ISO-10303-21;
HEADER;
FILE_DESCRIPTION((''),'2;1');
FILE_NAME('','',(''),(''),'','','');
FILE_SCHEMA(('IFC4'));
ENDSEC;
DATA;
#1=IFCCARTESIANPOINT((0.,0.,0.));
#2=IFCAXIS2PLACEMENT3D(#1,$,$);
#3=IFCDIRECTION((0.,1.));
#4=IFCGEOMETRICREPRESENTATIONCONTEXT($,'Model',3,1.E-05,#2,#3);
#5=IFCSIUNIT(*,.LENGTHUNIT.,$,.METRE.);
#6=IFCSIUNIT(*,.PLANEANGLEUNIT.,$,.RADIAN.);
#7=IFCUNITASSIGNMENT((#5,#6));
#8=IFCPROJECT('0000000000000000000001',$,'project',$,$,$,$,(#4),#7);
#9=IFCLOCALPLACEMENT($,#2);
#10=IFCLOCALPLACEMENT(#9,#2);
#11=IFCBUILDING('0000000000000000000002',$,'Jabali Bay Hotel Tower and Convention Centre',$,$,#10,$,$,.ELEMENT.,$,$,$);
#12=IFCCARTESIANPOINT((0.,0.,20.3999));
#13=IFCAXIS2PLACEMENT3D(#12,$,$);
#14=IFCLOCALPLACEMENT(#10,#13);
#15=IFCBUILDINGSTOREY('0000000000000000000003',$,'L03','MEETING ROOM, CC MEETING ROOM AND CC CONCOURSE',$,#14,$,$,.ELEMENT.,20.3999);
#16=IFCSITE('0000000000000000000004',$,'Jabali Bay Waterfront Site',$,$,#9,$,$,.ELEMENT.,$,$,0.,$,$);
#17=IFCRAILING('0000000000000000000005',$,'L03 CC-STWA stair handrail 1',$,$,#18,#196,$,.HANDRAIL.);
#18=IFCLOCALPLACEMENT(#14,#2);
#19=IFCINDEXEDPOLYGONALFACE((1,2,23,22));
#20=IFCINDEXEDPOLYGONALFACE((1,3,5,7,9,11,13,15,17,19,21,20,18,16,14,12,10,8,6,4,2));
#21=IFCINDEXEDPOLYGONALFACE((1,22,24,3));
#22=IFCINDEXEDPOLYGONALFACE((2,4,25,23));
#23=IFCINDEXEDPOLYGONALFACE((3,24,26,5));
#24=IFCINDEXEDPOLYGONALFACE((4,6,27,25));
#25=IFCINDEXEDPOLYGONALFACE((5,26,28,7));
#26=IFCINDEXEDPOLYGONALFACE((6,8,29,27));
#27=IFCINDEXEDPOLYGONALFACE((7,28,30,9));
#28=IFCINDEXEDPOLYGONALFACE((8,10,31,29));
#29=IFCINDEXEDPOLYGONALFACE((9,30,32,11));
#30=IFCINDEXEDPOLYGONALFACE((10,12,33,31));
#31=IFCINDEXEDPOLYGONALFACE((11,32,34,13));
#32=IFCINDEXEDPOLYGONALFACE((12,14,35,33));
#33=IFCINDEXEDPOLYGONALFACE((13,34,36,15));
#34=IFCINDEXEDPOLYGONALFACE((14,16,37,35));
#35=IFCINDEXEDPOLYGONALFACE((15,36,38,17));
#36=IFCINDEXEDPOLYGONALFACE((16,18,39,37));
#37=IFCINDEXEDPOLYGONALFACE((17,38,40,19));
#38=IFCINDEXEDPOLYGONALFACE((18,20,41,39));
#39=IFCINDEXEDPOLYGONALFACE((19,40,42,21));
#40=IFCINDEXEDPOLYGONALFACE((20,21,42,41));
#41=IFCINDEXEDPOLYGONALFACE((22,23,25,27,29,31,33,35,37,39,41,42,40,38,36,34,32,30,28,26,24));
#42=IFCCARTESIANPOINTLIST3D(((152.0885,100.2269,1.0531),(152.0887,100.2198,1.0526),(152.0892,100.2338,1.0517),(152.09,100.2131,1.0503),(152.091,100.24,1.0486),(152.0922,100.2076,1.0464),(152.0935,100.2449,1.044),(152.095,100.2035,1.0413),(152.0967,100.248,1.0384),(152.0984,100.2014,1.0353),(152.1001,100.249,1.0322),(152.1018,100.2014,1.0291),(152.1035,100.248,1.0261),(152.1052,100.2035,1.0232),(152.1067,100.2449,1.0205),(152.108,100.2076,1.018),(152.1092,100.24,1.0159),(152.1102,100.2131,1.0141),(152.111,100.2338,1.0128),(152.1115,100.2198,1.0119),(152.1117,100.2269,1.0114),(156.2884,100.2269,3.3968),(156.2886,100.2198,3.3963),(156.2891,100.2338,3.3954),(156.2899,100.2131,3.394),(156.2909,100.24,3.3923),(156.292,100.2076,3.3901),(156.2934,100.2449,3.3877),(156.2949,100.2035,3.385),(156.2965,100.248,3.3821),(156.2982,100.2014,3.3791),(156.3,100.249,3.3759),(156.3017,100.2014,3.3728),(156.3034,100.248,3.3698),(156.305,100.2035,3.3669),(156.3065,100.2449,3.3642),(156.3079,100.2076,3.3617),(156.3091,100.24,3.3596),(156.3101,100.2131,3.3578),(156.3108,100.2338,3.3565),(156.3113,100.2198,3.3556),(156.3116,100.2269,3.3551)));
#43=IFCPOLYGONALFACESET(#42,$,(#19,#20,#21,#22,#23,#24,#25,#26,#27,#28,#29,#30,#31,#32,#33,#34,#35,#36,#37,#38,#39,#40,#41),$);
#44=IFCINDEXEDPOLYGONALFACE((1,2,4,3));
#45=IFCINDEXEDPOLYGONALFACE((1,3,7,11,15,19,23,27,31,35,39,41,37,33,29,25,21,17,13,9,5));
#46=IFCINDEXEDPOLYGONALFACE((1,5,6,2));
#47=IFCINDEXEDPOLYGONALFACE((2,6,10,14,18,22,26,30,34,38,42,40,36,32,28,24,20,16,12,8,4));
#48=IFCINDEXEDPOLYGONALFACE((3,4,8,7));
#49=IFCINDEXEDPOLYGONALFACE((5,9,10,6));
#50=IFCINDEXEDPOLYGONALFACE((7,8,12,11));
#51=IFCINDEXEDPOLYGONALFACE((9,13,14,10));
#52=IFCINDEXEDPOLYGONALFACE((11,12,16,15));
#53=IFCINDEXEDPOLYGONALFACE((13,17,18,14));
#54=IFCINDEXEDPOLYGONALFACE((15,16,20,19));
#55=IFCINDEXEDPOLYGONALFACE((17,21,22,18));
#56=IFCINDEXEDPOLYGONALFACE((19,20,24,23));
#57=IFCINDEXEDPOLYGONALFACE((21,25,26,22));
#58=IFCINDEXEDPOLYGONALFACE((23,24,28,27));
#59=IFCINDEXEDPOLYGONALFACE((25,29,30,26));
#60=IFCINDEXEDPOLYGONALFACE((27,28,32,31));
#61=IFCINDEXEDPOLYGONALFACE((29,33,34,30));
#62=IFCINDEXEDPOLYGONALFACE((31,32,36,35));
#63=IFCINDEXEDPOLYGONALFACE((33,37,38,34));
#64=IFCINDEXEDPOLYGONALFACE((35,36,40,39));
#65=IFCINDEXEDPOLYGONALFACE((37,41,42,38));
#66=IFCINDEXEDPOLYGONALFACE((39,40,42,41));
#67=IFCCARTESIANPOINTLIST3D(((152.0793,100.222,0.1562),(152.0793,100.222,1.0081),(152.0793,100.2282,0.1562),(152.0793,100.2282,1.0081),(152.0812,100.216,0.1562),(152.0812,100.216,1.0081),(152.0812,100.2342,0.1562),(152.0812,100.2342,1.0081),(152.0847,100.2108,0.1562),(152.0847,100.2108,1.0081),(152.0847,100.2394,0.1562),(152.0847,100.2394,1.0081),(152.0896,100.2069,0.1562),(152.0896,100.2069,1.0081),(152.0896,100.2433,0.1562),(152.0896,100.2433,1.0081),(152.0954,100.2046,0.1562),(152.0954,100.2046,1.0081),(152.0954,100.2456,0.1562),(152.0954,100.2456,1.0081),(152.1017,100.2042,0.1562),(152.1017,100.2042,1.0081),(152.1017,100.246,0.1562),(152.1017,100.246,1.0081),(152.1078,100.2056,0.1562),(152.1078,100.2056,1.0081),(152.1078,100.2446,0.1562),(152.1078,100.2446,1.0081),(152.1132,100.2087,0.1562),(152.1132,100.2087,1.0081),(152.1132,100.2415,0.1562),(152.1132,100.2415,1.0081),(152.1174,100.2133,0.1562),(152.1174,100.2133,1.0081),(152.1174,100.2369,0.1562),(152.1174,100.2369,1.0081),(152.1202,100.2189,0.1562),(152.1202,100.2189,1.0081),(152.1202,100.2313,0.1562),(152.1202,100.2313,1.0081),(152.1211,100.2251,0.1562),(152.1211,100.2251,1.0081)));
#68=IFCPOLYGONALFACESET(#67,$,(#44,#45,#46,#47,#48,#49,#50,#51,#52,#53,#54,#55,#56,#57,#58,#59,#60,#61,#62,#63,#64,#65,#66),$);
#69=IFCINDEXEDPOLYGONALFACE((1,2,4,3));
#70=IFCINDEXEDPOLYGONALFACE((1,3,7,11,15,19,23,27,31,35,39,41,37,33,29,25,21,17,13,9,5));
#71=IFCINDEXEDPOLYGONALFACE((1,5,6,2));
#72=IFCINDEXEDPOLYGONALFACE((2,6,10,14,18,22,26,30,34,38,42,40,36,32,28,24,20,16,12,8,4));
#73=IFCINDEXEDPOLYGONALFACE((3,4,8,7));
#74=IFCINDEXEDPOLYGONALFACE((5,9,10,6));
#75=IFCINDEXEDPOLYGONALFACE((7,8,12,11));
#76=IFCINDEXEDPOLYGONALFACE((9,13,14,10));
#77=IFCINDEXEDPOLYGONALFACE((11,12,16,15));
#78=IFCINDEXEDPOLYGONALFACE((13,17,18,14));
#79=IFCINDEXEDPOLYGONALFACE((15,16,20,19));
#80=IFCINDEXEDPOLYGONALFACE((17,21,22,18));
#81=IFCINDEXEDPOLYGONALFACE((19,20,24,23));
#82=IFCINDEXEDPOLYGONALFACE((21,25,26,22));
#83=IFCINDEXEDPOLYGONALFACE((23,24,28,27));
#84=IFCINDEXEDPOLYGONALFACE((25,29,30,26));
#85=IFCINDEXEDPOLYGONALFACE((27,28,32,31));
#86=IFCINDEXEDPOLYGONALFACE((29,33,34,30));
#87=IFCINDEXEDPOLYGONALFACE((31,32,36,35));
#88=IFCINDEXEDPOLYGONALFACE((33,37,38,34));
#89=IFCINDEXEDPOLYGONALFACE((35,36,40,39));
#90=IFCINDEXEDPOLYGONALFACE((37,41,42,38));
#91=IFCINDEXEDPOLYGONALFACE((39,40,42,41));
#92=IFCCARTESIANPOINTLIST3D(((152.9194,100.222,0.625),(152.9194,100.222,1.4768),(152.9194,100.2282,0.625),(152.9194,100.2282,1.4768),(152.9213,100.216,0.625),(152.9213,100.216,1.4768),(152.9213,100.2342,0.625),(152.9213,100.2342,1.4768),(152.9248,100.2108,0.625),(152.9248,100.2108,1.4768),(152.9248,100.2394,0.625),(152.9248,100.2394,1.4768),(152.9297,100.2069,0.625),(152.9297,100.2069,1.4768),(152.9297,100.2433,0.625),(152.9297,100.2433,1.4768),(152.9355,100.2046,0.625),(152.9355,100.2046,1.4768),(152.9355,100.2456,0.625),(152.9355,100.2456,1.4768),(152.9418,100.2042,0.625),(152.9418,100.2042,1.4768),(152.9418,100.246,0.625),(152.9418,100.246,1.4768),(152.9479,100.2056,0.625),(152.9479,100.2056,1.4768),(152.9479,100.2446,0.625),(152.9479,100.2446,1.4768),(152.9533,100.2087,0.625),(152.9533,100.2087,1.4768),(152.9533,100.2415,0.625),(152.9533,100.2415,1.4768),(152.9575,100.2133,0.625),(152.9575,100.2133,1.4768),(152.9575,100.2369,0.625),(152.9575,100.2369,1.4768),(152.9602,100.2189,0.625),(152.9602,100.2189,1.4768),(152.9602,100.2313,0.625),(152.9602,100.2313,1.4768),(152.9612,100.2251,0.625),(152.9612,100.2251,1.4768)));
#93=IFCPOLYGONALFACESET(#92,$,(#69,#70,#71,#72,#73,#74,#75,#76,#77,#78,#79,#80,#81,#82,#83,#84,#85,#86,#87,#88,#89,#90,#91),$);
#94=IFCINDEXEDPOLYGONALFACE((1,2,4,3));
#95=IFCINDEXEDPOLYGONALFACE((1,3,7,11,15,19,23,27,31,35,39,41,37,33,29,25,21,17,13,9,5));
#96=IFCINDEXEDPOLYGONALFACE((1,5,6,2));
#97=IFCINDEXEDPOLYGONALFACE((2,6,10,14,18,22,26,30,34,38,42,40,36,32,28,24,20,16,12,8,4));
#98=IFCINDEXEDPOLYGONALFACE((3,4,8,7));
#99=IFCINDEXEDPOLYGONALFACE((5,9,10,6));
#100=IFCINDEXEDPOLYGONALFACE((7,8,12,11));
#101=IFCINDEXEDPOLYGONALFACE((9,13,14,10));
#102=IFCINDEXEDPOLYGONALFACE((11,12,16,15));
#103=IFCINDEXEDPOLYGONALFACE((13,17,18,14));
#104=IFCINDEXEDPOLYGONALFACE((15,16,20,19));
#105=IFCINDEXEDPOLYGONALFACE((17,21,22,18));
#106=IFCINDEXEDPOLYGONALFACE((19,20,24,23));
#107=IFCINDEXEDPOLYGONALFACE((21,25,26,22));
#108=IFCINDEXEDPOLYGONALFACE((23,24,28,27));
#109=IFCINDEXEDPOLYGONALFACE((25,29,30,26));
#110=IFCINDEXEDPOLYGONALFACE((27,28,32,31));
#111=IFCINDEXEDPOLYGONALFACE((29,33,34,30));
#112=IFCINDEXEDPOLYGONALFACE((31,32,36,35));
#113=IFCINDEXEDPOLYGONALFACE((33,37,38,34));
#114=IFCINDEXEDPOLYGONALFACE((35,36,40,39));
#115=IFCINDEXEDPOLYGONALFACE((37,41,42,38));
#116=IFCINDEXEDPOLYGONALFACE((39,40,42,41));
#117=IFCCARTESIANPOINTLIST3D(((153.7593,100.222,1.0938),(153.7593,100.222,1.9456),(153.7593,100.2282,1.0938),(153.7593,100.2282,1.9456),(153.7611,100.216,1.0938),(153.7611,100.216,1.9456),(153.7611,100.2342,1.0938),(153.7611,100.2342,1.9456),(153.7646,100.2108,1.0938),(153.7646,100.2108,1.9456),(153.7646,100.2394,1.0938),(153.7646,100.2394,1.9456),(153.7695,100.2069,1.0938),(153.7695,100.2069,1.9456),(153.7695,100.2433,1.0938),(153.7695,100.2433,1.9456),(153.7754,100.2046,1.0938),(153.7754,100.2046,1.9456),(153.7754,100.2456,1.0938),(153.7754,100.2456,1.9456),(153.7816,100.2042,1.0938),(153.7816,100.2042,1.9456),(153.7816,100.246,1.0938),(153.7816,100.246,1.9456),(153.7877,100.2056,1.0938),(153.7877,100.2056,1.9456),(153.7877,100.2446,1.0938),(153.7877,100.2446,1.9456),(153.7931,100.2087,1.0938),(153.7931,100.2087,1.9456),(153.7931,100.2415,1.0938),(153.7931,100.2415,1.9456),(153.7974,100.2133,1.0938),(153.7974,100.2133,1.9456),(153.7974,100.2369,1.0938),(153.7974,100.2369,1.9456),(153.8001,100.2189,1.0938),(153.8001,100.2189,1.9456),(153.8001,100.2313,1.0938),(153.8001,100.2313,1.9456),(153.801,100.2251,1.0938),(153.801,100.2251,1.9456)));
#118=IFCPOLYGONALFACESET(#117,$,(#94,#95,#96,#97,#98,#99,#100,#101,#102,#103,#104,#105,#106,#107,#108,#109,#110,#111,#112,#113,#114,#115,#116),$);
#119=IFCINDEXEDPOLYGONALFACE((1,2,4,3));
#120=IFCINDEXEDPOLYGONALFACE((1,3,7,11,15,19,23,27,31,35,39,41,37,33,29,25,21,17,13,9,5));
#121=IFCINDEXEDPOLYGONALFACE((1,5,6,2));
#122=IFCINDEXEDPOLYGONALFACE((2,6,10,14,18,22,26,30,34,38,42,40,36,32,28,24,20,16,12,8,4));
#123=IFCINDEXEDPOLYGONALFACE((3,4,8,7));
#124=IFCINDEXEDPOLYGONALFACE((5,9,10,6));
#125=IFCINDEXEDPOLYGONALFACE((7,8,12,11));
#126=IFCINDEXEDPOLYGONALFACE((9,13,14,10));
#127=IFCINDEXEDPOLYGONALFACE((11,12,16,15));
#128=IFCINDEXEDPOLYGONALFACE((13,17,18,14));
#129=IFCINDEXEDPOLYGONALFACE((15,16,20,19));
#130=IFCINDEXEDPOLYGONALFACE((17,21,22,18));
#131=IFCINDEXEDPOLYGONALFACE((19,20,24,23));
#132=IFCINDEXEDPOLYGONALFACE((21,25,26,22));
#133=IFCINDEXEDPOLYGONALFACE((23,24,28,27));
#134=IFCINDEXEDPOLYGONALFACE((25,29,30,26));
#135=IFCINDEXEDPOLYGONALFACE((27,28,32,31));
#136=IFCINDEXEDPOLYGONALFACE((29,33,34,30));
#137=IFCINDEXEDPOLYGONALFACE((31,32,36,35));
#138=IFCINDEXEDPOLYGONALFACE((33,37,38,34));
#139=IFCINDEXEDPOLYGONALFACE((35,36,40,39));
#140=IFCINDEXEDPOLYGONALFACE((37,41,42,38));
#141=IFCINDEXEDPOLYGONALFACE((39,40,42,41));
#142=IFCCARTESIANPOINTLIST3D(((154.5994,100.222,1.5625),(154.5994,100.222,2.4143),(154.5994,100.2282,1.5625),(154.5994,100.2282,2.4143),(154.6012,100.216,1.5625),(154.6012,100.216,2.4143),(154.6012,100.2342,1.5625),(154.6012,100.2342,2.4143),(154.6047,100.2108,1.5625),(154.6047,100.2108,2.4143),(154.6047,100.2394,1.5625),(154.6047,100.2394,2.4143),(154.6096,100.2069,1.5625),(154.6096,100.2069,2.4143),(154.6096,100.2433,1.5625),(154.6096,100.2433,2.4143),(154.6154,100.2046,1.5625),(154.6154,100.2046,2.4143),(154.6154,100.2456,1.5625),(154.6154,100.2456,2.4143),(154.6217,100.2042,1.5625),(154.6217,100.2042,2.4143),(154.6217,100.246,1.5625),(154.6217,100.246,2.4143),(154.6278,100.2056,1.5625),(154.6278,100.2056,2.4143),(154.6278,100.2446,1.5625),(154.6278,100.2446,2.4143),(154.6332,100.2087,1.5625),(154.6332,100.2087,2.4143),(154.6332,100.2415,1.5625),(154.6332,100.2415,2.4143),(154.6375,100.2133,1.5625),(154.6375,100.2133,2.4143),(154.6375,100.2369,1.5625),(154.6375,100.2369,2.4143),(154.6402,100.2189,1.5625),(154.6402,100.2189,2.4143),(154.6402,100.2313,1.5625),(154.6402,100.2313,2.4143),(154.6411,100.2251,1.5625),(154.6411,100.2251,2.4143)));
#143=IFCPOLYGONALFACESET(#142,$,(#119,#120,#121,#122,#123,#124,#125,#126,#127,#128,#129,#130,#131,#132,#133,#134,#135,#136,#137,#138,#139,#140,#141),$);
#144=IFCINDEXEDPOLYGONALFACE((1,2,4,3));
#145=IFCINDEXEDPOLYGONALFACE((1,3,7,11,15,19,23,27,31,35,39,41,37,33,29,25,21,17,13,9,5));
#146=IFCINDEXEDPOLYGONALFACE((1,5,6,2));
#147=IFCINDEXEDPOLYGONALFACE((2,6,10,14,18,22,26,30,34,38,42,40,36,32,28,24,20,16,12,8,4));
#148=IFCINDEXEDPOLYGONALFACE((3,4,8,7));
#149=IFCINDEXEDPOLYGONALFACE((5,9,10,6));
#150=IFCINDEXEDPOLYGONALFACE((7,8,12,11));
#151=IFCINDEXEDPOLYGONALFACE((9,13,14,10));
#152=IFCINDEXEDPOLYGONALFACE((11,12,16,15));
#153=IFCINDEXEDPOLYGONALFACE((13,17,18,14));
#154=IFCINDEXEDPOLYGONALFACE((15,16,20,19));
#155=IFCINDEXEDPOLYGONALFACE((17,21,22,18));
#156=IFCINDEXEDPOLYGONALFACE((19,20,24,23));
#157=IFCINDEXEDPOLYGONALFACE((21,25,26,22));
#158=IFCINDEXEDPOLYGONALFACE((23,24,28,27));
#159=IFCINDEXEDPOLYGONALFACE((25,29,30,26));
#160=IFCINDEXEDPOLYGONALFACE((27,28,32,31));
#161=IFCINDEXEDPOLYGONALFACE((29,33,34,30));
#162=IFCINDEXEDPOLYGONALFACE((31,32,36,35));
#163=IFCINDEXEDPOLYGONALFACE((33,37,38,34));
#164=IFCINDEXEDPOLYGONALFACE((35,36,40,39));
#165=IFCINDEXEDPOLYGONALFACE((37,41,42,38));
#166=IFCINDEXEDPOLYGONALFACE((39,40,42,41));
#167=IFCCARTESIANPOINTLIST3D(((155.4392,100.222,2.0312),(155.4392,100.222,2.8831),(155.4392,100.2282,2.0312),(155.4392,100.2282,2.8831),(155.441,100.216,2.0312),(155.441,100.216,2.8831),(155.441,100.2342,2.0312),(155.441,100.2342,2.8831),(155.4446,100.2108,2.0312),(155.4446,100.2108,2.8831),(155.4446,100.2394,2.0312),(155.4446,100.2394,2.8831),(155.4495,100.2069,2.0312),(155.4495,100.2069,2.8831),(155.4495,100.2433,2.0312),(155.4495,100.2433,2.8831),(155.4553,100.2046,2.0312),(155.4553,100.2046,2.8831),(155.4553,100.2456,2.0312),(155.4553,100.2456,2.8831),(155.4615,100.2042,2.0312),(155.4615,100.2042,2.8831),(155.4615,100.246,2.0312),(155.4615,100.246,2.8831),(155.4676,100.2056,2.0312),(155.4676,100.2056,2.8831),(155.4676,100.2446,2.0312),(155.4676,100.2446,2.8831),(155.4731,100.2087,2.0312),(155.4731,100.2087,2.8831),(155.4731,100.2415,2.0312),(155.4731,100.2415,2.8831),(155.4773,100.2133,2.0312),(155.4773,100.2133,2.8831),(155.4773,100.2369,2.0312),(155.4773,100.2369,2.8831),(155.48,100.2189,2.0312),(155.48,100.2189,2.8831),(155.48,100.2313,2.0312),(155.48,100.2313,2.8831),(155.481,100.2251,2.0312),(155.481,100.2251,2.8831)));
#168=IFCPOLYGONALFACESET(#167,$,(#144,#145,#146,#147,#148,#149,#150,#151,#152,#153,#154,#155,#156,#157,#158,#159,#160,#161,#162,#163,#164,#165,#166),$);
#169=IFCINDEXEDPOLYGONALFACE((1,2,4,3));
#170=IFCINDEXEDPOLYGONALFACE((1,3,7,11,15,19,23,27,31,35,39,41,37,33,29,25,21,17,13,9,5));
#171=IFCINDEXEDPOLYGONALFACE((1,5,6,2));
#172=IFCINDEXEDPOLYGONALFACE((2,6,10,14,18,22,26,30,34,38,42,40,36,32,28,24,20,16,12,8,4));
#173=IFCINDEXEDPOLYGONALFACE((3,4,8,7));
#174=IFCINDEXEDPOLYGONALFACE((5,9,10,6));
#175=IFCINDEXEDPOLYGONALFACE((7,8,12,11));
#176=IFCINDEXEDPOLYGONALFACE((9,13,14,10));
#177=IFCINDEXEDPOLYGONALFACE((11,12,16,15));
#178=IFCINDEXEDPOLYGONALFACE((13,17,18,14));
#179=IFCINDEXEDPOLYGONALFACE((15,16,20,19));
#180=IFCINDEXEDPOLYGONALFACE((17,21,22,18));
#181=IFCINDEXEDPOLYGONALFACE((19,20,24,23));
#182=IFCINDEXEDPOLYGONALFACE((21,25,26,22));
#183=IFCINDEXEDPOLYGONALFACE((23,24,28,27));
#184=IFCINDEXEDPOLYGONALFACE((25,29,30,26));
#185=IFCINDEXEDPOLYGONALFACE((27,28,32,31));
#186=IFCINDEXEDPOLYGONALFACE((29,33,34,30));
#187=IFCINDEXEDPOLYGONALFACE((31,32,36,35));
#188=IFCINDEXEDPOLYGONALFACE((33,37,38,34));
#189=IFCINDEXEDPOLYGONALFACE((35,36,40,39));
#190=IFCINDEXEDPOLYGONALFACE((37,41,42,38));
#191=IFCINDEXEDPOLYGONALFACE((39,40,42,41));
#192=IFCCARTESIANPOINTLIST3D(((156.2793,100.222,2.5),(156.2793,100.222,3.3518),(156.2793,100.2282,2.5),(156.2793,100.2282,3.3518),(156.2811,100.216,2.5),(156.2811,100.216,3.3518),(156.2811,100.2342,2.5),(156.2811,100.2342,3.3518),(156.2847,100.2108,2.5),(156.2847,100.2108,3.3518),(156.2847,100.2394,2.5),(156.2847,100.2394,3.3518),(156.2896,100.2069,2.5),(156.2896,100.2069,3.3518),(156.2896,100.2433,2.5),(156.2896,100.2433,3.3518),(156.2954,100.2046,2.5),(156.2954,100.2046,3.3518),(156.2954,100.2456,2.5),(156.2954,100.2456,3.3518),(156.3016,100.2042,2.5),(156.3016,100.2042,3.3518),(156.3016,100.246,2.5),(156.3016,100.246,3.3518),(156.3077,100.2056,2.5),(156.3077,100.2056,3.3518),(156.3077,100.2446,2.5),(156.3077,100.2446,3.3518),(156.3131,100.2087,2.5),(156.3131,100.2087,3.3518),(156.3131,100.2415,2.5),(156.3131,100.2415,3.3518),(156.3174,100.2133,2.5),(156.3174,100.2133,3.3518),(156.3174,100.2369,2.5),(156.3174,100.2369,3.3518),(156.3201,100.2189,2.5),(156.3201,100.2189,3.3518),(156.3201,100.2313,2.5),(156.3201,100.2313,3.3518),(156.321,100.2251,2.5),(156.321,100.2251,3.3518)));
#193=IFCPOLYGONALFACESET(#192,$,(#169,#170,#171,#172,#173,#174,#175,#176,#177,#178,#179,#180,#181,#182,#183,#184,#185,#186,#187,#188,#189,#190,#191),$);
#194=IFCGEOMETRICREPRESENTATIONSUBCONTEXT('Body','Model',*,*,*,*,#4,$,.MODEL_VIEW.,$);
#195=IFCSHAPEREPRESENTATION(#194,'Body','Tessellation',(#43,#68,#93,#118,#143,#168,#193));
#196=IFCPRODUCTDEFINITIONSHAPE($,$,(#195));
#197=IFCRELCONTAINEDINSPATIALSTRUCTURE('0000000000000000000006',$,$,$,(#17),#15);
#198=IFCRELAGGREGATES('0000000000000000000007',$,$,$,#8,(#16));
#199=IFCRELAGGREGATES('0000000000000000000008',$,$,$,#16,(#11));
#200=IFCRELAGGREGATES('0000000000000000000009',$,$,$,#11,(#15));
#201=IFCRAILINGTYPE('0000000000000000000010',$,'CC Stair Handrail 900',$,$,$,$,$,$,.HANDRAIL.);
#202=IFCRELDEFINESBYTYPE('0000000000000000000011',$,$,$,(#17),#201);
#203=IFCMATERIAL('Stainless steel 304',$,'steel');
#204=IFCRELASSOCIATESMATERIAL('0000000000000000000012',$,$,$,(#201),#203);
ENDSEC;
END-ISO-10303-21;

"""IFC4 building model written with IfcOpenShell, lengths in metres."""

from ifc_helpers import new_model, si_unit, direction, frame, origin, origin_2d, place, context, subcontext, project, spatial, circle, extrude, material, type_object, element, save


model = new_model("IFC4")

# Units and contexts
model_context = context("Model", 3, precision=1e-05, world=origin(), true_north=direction((0.0, 1.0)))
body_context = subcontext(model_context, "Body", "Model", "MODEL_VIEW")
ifc_project = project(units=[si_unit("LENGTHUNIT", "METRE"), si_unit("PLANEANGLEUNIT", "RADIAN")], contexts=[model_context])

# Site, building, storey
site_placement = place(None, origin())
site = spatial("IfcSite", under=ifc_project, at=site_placement, Name="Jabali Bay Waterfront Site", CompositionType="ELEMENT", RefElevation=0.0)
building_placement = place(site_placement, origin())
building = spatial("IfcBuilding", under=site, at=building_placement, Name="Jabali Bay Hotel Tower and Convention Centre", CompositionType="ELEMENT")
storey_placement = place(building_placement, frame((0.0, 0.0, 20.3999)))
storey = spatial("IfcBuildingStorey", under=building, at=storey_placement, Name="L03", Description="MEETING ROOM, CC MEETING ROOM AND CC CONCOURSE", CompositionType="ELEMENT", Elevation=20.3999)

# Railing
ifc_material_1 = material(Name="Stainless steel 304", Category="steel")
railing_type_1 = type_object("IfcRailingType", Name="CC Stair Handrail 900", PredefinedType="HANDRAIL", material=ifc_material_1)
railing_1_placement = place(storey_placement, frame((152.1001, 100.2251, 0.1562)))
element("IfcRailing", 1, at=railing_1_placement, inside=storey, type_object=railing_type_1, Name="L03 CC-STWA stair handrail 1", PredefinedType="HANDRAIL", context=body_context, shape_type="SweptSolid", body=[
    extrude(circle(Radius=0.0239, at=origin_2d()), frame((0.0, 0.0, 0.876), z_axis=(0.873234, 0.0, 0.487301), x_axis=(0.0, 1.0, 0.0)), (0.0, 0.0, 1.0), 4.8096),
    extrude(circle(Radius=0.021, at=origin_2d()), origin(), (0.0, 0.0, 1.0), 0.8518),
    extrude(circle(Radius=0.021, at=origin_2d()), frame((0.8401, 0.0, 0.4688)), (0.0, 0.0, 1.0), 0.8518),
    extrude(circle(Radius=0.021, at=origin_2d()), frame((1.6799, 0.0, 0.9375)), (0.0, 0.0, 1.0), 0.8518),
    extrude(circle(Radius=0.021, at=origin_2d()), frame((2.52, 0.0, 1.4062)), (0.0, 0.0, 1.0), 0.8518),
    extrude(circle(Radius=0.021, at=origin_2d()), frame((3.3599, 0.0, 1.875)), (0.0, 0.0, 1.0), 0.8518),
    extrude(circle(Radius=0.021, at=origin_2d()), frame((4.2, 0.0, 2.3438)), (0.0, 0.0, 1.0), 0.8518),
])

save(model, "model.ifc")
